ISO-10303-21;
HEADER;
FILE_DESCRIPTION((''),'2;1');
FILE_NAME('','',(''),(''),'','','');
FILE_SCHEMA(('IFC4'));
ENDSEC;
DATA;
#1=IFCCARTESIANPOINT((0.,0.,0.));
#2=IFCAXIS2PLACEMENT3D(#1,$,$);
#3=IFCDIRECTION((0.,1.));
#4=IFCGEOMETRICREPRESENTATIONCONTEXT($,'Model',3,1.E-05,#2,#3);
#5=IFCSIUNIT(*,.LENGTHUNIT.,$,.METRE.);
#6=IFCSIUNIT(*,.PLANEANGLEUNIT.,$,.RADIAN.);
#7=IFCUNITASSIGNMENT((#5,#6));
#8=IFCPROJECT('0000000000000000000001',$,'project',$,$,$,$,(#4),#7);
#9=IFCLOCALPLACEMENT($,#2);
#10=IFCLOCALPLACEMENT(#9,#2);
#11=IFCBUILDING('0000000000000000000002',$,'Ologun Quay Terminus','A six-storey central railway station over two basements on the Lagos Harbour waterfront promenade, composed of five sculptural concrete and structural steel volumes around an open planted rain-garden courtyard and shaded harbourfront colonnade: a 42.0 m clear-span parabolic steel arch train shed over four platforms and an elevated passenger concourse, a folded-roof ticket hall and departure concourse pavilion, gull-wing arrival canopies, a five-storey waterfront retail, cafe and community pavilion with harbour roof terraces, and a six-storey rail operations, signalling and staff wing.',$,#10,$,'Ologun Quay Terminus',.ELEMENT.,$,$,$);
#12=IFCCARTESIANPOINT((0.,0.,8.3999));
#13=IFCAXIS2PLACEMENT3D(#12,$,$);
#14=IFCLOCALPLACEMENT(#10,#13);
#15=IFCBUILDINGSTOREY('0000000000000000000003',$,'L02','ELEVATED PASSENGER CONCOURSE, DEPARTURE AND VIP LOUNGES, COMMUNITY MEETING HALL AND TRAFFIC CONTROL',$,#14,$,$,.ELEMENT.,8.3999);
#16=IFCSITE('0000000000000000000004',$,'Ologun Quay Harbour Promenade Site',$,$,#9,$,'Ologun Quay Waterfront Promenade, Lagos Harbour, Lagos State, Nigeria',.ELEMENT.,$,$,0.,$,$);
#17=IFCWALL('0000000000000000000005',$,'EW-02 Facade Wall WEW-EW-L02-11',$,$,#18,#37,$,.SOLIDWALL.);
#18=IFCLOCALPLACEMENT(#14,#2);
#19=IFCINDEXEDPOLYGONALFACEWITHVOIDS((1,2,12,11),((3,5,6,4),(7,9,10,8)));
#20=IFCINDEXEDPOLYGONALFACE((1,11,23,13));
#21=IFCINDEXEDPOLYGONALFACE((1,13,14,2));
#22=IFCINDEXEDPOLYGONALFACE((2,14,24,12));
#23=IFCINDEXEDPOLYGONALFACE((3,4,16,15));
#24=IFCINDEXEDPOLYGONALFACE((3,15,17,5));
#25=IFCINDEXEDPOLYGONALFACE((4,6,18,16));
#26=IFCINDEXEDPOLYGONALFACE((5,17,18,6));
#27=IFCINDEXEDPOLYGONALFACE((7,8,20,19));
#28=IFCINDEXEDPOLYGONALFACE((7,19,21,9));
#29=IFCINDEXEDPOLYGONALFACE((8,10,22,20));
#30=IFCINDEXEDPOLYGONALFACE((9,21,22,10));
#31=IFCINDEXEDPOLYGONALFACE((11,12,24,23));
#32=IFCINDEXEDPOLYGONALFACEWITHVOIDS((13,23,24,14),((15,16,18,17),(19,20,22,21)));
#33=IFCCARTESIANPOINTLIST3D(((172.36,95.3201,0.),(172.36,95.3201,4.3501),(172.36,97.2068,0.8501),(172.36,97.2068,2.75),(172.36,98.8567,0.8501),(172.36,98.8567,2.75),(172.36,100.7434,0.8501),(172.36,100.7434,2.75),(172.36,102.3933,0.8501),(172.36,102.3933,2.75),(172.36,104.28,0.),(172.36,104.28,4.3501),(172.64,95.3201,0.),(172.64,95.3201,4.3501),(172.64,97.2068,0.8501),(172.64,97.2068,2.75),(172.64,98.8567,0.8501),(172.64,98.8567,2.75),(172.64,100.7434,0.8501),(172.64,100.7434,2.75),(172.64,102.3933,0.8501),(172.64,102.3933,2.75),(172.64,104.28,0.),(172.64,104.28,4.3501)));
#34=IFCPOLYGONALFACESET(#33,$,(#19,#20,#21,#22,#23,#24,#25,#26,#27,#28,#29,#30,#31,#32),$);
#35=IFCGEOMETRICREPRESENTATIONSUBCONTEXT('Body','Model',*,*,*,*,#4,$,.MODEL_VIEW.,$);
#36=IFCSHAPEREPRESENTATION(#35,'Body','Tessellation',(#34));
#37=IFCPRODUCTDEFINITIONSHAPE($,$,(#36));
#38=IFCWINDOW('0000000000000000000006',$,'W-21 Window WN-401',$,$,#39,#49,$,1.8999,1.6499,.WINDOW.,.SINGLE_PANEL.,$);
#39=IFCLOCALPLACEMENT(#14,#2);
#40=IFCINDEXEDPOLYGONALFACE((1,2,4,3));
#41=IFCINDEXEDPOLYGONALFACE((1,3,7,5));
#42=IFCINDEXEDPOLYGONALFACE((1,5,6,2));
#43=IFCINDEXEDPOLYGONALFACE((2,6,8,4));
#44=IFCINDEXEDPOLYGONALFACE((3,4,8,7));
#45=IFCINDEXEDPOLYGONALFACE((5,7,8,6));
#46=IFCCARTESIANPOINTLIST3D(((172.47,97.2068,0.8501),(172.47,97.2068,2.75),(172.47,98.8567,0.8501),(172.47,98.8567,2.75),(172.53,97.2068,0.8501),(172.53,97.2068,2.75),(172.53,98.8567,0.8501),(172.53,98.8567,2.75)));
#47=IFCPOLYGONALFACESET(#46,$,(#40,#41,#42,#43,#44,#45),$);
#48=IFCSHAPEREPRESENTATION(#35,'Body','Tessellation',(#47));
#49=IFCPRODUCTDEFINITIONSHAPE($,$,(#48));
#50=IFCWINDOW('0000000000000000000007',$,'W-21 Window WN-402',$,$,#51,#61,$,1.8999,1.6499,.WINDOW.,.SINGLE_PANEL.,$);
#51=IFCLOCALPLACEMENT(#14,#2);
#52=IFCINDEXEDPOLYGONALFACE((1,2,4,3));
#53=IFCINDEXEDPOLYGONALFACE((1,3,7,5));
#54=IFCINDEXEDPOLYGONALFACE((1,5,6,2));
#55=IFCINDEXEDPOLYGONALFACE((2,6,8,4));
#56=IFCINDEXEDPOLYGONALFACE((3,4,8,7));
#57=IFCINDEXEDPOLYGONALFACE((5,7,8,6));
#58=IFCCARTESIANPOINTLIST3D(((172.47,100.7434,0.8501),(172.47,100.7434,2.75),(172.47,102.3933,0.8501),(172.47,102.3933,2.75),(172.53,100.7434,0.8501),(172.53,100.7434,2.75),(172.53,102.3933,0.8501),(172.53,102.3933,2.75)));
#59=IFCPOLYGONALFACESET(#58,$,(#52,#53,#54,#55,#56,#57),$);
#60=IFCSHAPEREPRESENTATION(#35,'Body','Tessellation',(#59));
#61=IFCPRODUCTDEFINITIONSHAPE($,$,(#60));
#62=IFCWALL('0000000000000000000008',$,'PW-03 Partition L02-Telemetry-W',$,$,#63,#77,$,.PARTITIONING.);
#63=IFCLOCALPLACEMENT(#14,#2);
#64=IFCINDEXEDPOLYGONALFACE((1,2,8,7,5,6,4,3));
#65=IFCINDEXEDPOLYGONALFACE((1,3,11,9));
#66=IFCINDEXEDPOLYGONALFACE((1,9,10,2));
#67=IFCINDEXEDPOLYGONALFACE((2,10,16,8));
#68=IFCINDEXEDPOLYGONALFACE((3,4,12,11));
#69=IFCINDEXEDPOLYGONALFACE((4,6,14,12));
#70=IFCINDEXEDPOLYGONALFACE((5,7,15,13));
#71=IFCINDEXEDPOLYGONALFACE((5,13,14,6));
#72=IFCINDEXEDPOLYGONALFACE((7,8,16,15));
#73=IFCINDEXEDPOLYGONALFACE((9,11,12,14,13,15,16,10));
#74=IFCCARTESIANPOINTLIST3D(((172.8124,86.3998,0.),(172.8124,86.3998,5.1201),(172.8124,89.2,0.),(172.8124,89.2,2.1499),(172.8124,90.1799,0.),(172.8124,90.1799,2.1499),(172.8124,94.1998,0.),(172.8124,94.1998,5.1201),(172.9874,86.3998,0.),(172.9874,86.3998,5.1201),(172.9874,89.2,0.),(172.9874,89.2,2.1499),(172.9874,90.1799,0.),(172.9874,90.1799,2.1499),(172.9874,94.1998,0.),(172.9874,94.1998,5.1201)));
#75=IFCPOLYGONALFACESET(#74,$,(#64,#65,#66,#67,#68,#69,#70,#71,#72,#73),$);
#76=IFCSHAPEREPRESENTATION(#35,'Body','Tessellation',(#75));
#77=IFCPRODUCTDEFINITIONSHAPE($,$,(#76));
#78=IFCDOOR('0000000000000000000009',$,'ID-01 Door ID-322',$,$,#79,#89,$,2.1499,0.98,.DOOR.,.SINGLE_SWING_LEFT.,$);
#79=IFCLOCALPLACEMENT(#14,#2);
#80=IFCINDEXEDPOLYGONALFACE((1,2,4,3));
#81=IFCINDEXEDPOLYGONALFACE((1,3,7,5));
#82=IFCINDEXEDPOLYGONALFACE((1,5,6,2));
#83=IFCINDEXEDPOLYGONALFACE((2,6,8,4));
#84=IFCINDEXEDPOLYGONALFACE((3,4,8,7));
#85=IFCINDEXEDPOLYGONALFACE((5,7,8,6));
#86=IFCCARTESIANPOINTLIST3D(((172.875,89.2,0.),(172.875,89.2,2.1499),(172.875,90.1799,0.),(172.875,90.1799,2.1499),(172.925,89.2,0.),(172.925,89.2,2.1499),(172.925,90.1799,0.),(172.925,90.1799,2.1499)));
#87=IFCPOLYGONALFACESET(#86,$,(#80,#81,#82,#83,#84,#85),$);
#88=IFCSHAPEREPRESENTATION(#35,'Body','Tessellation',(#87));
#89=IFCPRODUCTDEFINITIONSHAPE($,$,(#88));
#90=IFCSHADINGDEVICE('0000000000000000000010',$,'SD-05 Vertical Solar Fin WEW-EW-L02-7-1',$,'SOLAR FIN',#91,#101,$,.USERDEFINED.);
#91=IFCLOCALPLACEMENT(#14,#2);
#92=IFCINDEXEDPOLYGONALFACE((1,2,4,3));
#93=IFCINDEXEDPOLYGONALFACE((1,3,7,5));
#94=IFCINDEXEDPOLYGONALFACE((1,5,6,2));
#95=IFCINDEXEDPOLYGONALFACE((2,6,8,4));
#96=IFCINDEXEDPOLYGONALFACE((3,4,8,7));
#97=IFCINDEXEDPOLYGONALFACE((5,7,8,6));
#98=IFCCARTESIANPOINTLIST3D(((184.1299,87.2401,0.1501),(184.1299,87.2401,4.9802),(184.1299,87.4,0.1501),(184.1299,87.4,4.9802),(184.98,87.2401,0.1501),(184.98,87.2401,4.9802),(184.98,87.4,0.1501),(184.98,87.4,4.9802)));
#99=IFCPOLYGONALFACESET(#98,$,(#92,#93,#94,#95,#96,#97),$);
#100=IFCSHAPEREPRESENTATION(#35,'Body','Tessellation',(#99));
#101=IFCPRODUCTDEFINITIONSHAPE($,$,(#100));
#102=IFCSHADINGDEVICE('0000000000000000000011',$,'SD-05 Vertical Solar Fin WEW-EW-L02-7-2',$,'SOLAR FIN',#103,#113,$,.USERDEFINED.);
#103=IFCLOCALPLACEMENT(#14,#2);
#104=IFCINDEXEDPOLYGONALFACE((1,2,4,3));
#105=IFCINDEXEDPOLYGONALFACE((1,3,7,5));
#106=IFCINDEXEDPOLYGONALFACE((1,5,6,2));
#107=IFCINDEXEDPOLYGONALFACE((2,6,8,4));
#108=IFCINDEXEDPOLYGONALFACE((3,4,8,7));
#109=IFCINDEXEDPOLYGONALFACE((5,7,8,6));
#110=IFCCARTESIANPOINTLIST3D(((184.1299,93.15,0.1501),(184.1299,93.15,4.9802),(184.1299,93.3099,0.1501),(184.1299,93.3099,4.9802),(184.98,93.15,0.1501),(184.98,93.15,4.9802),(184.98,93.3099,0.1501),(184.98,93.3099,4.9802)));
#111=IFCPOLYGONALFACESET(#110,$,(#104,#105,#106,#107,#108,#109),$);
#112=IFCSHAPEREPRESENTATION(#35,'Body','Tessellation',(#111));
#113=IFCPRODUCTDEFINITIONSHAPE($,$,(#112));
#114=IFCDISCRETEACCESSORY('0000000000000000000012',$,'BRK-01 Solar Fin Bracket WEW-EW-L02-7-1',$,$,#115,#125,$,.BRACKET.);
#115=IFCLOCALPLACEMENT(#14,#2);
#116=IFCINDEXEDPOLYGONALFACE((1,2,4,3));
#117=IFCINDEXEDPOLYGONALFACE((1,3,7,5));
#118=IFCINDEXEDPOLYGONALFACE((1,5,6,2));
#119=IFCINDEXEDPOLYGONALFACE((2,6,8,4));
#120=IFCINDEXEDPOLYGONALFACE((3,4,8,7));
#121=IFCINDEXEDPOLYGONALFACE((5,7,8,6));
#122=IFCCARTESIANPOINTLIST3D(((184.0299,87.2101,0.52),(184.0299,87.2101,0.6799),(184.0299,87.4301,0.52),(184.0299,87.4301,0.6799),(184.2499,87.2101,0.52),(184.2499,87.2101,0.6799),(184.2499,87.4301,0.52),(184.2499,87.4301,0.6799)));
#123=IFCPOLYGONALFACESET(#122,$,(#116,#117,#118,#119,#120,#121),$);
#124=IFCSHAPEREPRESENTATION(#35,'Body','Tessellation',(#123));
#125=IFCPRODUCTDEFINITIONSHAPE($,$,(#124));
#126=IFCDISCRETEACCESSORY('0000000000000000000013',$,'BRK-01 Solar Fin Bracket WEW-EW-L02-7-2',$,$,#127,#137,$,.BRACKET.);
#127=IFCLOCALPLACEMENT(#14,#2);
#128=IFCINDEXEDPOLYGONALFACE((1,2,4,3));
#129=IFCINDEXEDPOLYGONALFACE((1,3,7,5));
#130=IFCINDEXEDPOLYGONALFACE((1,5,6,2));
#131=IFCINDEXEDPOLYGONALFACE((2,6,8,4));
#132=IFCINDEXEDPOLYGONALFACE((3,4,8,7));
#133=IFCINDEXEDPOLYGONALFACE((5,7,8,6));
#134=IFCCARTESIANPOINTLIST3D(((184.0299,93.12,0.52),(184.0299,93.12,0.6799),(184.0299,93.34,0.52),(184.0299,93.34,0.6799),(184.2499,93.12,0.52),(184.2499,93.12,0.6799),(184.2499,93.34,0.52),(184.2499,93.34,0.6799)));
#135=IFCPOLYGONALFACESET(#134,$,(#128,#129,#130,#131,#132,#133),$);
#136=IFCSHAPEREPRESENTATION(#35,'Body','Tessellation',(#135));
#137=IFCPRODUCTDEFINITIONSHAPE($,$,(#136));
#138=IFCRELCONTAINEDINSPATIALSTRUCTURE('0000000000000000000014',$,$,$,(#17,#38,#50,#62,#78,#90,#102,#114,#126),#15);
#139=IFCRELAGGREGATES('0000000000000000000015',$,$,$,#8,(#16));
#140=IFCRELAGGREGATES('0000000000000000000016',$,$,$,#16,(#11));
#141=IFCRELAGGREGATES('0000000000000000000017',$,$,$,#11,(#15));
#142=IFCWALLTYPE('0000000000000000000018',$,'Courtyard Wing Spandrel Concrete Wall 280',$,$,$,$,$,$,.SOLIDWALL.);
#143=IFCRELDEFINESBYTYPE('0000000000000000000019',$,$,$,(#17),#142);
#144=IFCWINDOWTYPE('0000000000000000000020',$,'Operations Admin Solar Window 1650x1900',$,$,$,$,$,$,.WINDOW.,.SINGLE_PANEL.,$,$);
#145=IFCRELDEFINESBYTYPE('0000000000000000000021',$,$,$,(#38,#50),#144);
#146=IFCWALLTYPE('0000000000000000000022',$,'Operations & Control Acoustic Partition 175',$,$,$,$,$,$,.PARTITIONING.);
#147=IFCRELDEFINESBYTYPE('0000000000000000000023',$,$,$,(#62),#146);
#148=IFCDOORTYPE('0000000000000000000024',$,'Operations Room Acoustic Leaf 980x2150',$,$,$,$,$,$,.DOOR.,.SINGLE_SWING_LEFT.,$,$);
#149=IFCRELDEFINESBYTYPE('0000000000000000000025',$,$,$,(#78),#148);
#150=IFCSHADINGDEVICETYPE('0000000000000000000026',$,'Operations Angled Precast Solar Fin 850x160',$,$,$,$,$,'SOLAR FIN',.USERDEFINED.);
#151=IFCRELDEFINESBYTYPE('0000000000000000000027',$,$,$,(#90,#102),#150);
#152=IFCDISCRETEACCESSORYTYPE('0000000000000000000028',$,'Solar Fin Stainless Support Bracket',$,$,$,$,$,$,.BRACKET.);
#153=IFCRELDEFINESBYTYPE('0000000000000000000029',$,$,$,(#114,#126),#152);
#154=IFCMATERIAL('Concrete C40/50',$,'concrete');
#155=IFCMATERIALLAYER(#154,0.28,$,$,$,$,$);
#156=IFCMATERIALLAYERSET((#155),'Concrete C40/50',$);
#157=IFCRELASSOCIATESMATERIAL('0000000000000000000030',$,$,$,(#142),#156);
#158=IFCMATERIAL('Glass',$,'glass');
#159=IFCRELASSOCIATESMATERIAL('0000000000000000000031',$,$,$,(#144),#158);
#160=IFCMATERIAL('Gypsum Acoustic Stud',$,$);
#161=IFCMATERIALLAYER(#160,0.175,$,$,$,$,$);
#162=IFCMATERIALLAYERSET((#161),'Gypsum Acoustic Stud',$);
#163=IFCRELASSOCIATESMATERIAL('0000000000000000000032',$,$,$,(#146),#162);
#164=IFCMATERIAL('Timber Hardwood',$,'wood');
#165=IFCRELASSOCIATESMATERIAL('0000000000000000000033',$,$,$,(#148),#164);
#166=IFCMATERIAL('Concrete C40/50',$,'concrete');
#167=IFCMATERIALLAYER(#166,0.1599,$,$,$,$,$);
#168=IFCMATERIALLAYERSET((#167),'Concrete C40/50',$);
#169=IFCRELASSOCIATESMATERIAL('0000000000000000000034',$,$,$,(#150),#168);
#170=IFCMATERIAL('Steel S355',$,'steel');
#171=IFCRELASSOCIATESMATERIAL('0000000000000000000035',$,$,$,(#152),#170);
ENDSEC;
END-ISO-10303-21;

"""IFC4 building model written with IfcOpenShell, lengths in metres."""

from ifc_helpers import new_model, si_unit, direction, frame, frame_2d, origin, origin_2d, place, context, subcontext, project, spatial, rectangle, extrude, material, layer, layer_set, type_object, element, fill, save


model = new_model("IFC4")

# Units and contexts
model_context = context("Model", 3, precision=1e-05, world=origin(), true_north=direction((0.0, 1.0)))
body_context = subcontext(model_context, "Body", "Model", "MODEL_VIEW")
ifc_project = project(units=[si_unit("LENGTHUNIT", "METRE"), si_unit("PLANEANGLEUNIT", "RADIAN")], contexts=[model_context])

# Site, building, storey
site_placement = place(None, origin())
site = spatial("IfcSite", under=ifc_project, at=site_placement, Name="Ologun Quay Harbour Promenade Site", LongName="Ologun Quay Waterfront Promenade, Lagos Harbour, Lagos State, Nigeria", CompositionType="ELEMENT", RefElevation=0.0)
building_placement = place(site_placement, origin())
building = spatial("IfcBuilding", under=site, at=building_placement, Name="Ologun Quay Terminus", Description="A six-storey central railway station over two basements on the Lagos Harbour waterfront promenade, composed of five sculptural concrete and structural steel volumes around an open planted rain-garden courtyard and shaded harbourfront colonnade: a 42.0 m clear-span parabolic steel arch train shed over four platforms and an elevated passenger concourse, a folded-roof ticket hall and departure concourse pavilion, gull-wing arrival canopies, a five-storey waterfront retail, cafe and community pavilion with harbour roof terraces, and a six-storey rail operations, signalling and staff wing.", LongName="Ologun Quay Terminus", CompositionType="ELEMENT")
storey_placement = place(building_placement, frame((0.0, 0.0, 8.3999)))
storey = spatial("IfcBuildingStorey", under=building, at=storey_placement, Name="L02", Description="ELEVATED PASSENGER CONCOURSE, DEPARTURE AND VIP LOUNGES, COMMUNITY MEETING HALL AND TRAFFIC CONTROL", CompositionType="ELEMENT", Elevation=8.3999)

# Shared definitions
ifc_material_1 = material(Name="Concrete C40/50", Category="concrete")
ifc_layer_1 = layer(ifc_material_1, 0.28)
ifc_layer_set_1 = layer_set([ifc_layer_1], Name="Concrete C40/50")
wall_type_1 = type_object("IfcWallType", Name="Courtyard Wing Spandrel Concrete Wall 280", PredefinedType="SOLIDWALL", material=ifc_layer_set_1)

# Wall, openings, windows
wall_1_placement = place(storey_placement, frame((172.5, 95.3201, 0.0), z_axis=(0.0, 0.0, 1.0), x_axis=(0.0, 1.0, 0.0)))
wall_1 = element("IfcWall", 1, at=wall_1_placement, inside=storey, type_object=wall_type_1, Name="EW-02 Facade Wall WEW-EW-L02-11", PredefinedType="SOLIDWALL", context=body_context, shape_type="SweptSolid", body=[
    extrude(rectangle(XDim=8.96, YDim=0.28, at=frame_2d((4.48, 0.0))), origin(), (0.0, 0.0, 1.0), 4.3501),
])
opening_1_placement = place(wall_1_placement, frame((1.8867, 0.0, 0.8501)))
opening_1 = element("IfcOpeningElement", 2, at=opening_1_placement, cuts=wall_1, PredefinedType="OPENING", context=body_context, shape_type="SweptSolid", body=[
    extrude(rectangle(XDim=1.6499, YDim=1.8999, at=frame_2d((0.825, 0.95))), frame((0.0, 0.1499, 0.0), z_axis=(0.0, -1.0, 0.0), x_axis=(1.0, 0.0, 0.0)), (0.0, 0.0, 1.0), 0.3),
])
opening_2_placement = place(wall_1_placement, frame((5.4233, 0.0, 0.8501)))
opening_2 = element("IfcOpeningElement", 3, at=opening_2_placement, cuts=wall_1, PredefinedType="OPENING", context=body_context, shape_type="SweptSolid", body=[
    extrude(rectangle(XDim=1.6499, YDim=1.8999, at=frame_2d((0.825, 0.95))), frame((0.0, 0.1499, 0.0), z_axis=(0.0, -1.0, 0.0), x_axis=(1.0, 0.0, 0.0)), (0.0, 0.0, 1.0), 0.3),
])
ifc_material_2 = material(Name="Glass", Category="glass")
window_type_1 = type_object("IfcWindowType", Name="Operations Admin Solar Window 1650x1900", PartitioningType="SINGLE_PANEL", PredefinedType="WINDOW", material=ifc_material_2)
window_1_placement = place(opening_1_placement, origin())
window_1 = element("IfcWindow", 4, at=window_1_placement, inside=storey, type_object=window_type_1, Name="W-21 Window WN-401", OverallHeight=1.8999, OverallWidth=1.6499, PartitioningType="SINGLE_PANEL", PredefinedType="WINDOW", context=body_context, shape_type="SweptSolid", body=[
    extrude(rectangle(XDim=1.6499, YDim=1.8999, at=frame_2d((0.825, 0.95))), frame((0.0, 0.03, 0.0), z_axis=(0.0, -1.0, 0.0), x_axis=(1.0, 0.0, 0.0)), (0.0, 0.0, 1.0), 0.0601),
])
fill(opening_1, window_1)
window_2_placement = place(opening_2_placement, origin())
window_2 = element("IfcWindow", 5, at=window_2_placement, inside=storey, type_object=window_type_1, Name="W-21 Window WN-402", OverallHeight=1.8999, OverallWidth=1.6499, PartitioningType="SINGLE_PANEL", PredefinedType="WINDOW", context=body_context, shape_type="SweptSolid", body=[
    extrude(rectangle(XDim=1.6499, YDim=1.8999, at=frame_2d((0.825, 0.95))), frame((0.0, 0.03, 0.0), z_axis=(0.0, -1.0, 0.0), x_axis=(1.0, 0.0, 0.0)), (0.0, 0.0, 1.0), 0.0601),
])
fill(opening_2, window_2)

# Wall, opening, door
ifc_material_3 = material(Name="Gypsum Acoustic Stud")
ifc_layer_2 = layer(ifc_material_3, 0.175)
ifc_layer_set_2 = layer_set([ifc_layer_2], Name="Gypsum Acoustic Stud")
wall_type_2 = type_object("IfcWallType", Name="Operations & Control Acoustic Partition 175", PredefinedType="PARTITIONING", material=ifc_layer_set_2)
wall_2_placement = place(storey_placement, frame((172.8999, 86.3999, 0.0), z_axis=(0.0, 0.0, 1.0), x_axis=(0.0, 1.0, 0.0)))
wall_2 = element("IfcWall", 6, at=wall_2_placement, inside=storey, type_object=wall_type_2, Name="PW-03 Partition L02-Telemetry-W", PredefinedType="PARTITIONING", context=body_context, shape_type="SweptSolid", body=[
    extrude(rectangle(XDim=7.8, YDim=0.175, at=frame_2d((3.8999, 0.0))), origin(), (0.0, 0.0, 1.0), 5.1201),
])
opening_3_placement = place(wall_2_placement, frame((2.8, 0.0, 0.0)))
opening_3 = element("IfcOpeningElement", 7, at=opening_3_placement, cuts=wall_2, PredefinedType="OPENING", context=body_context, shape_type="SweptSolid", body=[
    extrude(rectangle(XDim=0.98, YDim=2.1499, at=frame_2d((0.49, 1.075))), frame((0.0, 0.0977, 0.0), z_axis=(0.0, -1.0, 0.0), x_axis=(1.0, 0.0, 0.0)), (0.0, 0.0, 1.0), 0.1951),
])
ifc_material_4 = material(Name="Timber Hardwood", Category="wood")
door_type = type_object("IfcDoorType", Name="Operations Room Acoustic Leaf 980x2150", OperationType="SINGLE_SWING_LEFT", PredefinedType="DOOR", material=ifc_material_4)
door_placement = place(opening_3_placement, origin())
door = element("IfcDoor", 8, at=door_placement, inside=storey, type_object=door_type, Name="ID-01 Door ID-322", OperationType="SINGLE_SWING_LEFT", OverallHeight=2.1499, OverallWidth=0.98, PredefinedType="DOOR", context=body_context, shape_type="SweptSolid", body=[
    extrude(rectangle(XDim=0.98, YDim=2.1499, at=frame_2d((0.49, 1.075))), frame((0.0, 0.0249, 0.0), z_axis=(0.0, -1.0, 0.0), x_axis=(1.0, 0.0, 0.0)), (0.0, 0.0, 1.0), 0.05),
])
fill(opening_3, door)

# Shading devices
ifc_material_5 = material(Name="Concrete C40/50", Category="concrete")
ifc_layer_3 = layer(ifc_material_5, 0.1599)
ifc_layer_set_3 = layer_set([ifc_layer_3], Name="Concrete C40/50")
shading_device_type = type_object("IfcShadingDeviceType", Name="Operations Angled Precast Solar Fin 850x160", ElementType="SOLAR FIN", PredefinedType="USERDEFINED", material=ifc_layer_set_3)
for number, where, z_axis, x_axis, name in (
    (9, (184.5549, 87.3201, 0.1501), (0.0, 0.0, 1.0), (1.0, 0.0, 0.0), "SD-05 Vertical Solar Fin WEW-EW-L02-7-1"),
    (10, (184.5549, 93.23, 0.1501), (0.0, 0.0, 1.0), (1.0, 0.0, 0.0), "SD-05 Vertical Solar Fin WEW-EW-L02-7-2"),
):
    element("IfcShadingDevice", number, at=place(storey_placement, frame(where, z_axis=z_axis, x_axis=x_axis)), inside=storey, type_object=shading_device_type, Name=name, ObjectType="SOLAR FIN", PredefinedType="USERDEFINED", context=body_context, shape_type="SweptSolid", body=[
        extrude(rectangle(XDim=0.8501, YDim=0.1599, at=origin_2d()), origin(), (0.0, 0.0, 1.0), 4.8301),
    ])

# Discrete accessories
ifc_material_6 = material(Name="Steel S355", Category="steel")
discrete_accessory_type = type_object("IfcDiscreteAccessoryType", Name="Solar Fin Stainless Support Bracket", PredefinedType="BRACKET", material=ifc_material_6)
for number, where, z_axis, x_axis, name in (
    (11, (184.1399, 87.3201, 0.52), (0.0, 0.0, 1.0), (1.0, 0.0, 0.0), "BRK-01 Solar Fin Bracket WEW-EW-L02-7-1"),
    (12, (184.1399, 93.23, 0.52), (0.0, 0.0, 1.0), (1.0, 0.0, 0.0), "BRK-01 Solar Fin Bracket WEW-EW-L02-7-2"),
):
    element("IfcDiscreteAccessory", number, at=place(storey_placement, frame(where, z_axis=z_axis, x_axis=x_axis)), inside=storey, type_object=discrete_accessory_type, Name=name, PredefinedType="BRACKET", context=body_context, shape_type="SweptSolid", body=[
        extrude(rectangle(XDim=0.22, YDim=0.22, at=origin_2d()), origin(), (0.0, 0.0, 1.0), 0.1599),
    ])

save(model, "model.ifc")
